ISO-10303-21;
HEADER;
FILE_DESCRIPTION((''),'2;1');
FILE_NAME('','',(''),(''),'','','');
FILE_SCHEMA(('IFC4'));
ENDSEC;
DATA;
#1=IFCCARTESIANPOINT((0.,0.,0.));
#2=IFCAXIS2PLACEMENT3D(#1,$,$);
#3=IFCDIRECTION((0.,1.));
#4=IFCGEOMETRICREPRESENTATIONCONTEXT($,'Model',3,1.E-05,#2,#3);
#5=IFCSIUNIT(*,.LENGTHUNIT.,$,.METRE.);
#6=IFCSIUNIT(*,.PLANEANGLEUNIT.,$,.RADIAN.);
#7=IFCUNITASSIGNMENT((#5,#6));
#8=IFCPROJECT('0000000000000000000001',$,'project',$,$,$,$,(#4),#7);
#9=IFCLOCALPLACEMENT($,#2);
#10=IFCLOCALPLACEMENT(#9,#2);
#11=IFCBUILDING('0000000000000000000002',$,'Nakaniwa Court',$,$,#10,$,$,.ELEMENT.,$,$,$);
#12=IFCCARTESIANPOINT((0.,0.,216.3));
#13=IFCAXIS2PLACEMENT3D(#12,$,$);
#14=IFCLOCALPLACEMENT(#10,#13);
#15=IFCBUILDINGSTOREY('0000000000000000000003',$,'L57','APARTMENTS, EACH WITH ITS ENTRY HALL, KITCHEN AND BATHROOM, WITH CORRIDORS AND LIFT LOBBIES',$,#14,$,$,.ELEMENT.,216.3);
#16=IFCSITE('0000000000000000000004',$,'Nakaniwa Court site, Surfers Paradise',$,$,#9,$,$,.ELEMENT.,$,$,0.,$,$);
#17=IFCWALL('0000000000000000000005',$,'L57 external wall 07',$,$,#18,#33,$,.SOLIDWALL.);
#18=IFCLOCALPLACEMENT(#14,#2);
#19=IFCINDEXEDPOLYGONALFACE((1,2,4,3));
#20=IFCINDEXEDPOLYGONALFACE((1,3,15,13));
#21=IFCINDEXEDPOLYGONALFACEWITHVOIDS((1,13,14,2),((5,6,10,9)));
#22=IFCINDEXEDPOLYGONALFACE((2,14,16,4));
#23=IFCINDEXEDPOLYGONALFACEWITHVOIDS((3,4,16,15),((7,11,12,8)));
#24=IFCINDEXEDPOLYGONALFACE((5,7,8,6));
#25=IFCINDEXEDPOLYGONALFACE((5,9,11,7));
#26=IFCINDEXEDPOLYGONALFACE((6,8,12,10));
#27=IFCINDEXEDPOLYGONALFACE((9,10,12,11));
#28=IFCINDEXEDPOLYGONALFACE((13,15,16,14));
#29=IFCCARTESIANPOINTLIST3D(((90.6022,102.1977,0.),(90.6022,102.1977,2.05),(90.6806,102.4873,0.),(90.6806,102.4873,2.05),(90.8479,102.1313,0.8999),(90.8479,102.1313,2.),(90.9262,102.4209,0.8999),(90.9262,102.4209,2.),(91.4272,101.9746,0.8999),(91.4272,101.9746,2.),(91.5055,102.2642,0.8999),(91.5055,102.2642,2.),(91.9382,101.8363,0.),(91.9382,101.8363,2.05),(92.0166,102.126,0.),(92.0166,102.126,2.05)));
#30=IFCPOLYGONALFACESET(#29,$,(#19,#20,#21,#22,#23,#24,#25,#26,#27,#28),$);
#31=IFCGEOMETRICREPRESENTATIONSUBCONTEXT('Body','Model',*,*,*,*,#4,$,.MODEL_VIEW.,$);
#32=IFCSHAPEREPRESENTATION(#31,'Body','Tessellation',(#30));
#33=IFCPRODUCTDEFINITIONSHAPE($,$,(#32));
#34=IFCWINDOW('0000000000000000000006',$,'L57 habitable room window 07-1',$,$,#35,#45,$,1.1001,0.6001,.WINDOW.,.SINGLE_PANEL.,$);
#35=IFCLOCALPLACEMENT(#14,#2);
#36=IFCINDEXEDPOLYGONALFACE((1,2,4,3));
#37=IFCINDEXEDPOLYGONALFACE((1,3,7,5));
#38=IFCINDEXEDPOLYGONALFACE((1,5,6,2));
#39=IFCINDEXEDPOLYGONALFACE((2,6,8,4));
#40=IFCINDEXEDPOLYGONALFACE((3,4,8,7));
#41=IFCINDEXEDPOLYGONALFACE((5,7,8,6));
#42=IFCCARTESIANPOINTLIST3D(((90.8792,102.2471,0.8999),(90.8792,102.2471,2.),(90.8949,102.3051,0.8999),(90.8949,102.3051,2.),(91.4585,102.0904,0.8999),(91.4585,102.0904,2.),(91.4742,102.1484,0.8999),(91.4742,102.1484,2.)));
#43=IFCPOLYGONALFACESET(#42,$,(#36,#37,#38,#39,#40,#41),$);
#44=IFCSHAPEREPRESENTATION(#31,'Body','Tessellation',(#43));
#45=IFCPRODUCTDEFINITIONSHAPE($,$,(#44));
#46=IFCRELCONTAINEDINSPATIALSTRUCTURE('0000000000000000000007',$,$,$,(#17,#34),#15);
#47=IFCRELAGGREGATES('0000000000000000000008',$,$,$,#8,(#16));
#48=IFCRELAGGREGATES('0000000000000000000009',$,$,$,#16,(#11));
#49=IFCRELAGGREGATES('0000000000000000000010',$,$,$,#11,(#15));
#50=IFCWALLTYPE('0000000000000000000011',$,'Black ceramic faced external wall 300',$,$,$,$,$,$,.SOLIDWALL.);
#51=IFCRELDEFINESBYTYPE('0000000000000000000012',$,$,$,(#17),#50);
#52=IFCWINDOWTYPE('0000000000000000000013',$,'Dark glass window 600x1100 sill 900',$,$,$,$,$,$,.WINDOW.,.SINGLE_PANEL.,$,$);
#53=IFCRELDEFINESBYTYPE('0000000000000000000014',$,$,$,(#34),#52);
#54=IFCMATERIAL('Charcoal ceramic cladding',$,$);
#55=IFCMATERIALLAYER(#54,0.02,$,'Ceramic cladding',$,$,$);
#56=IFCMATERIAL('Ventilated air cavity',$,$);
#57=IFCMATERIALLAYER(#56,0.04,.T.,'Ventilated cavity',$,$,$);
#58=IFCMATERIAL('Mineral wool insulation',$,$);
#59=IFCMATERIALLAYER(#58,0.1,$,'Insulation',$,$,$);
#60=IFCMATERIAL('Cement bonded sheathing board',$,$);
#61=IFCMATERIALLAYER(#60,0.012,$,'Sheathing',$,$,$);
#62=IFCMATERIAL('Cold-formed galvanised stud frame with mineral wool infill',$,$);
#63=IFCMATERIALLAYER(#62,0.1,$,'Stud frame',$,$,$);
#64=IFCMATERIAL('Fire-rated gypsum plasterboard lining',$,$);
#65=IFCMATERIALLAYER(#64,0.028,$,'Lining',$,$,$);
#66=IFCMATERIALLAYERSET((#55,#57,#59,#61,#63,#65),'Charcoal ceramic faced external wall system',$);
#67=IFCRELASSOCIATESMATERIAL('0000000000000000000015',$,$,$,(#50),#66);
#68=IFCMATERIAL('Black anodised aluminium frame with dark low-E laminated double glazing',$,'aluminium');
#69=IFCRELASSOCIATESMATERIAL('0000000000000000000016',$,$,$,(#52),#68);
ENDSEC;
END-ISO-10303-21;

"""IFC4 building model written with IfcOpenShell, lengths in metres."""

from ifc_helpers import new_model, si_unit, direction, frame, frame_2d, origin, place, context, subcontext, project, spatial, rectangle, extrude, material, layer, layer_set, type_object, element, fill, save


model = new_model("IFC4")

# Units and contexts
model_context = context("Model", 3, precision=1e-05, world=origin(), true_north=direction((0.0, 1.0)))
body_context = subcontext(model_context, "Body", "Model", "MODEL_VIEW")
ifc_project = project(units=[si_unit("LENGTHUNIT", "METRE"), si_unit("PLANEANGLEUNIT", "RADIAN")], contexts=[model_context])

# Site, building, storey
site_placement = place(None, origin())
site = spatial("IfcSite", under=ifc_project, at=site_placement, Name="Nakaniwa Court site, Surfers Paradise", CompositionType="ELEMENT", RefElevation=0.0)
building_placement = place(site_placement, origin())
building = spatial("IfcBuilding", under=site, at=building_placement, Name="Nakaniwa Court", CompositionType="ELEMENT")
storey_placement = place(building_placement, frame((0.0, 0.0, 216.3)))
storey = spatial("IfcBuildingStorey", under=building, at=storey_placement, Name="L57", Description="APARTMENTS, EACH WITH ITS ENTRY HALL, KITCHEN AND BATHROOM, WITH CORRIDORS AND LIFT LOBBIES", CompositionType="ELEMENT", Elevation=216.3)

# Wall, opening, window
ifc_material_1 = material(Name="Charcoal ceramic cladding")
ifc_layer_1 = layer(ifc_material_1, 0.02, Name="Ceramic cladding")
ifc_material_2 = material(Name="Ventilated air cavity")
ifc_layer_2 = layer(ifc_material_2, 0.04, ventilated=True, Name="Ventilated cavity")
ifc_material_3 = material(Name="Mineral wool insulation")
ifc_layer_3 = layer(ifc_material_3, 0.1, Name="Insulation")
ifc_material_4 = material(Name="Cement bonded sheathing board")
ifc_layer_4 = layer(ifc_material_4, 0.012, Name="Sheathing")
ifc_material_5 = material(Name="Cold-formed galvanised stud frame with mineral wool infill")
ifc_layer_5 = layer(ifc_material_5, 0.1, Name="Stud frame")
ifc_material_6 = material(Name="Fire-rated gypsum plasterboard lining")
ifc_layer_6 = layer(ifc_material_6, 0.028, Name="Lining")
ifc_layer_set_1 = layer_set([ifc_layer_1, ifc_layer_2, ifc_layer_3, ifc_layer_4, ifc_layer_5, ifc_layer_6], Name="Charcoal ceramic faced external wall system")
wall_type_1 = type_object("IfcWallType", Name="Black ceramic faced external wall 300", PredefinedType="SOLIDWALL", material=ifc_layer_set_1)
ifc_material_7 = material(Name="Black anodised aluminium frame with dark low-E laminated double glazing", Category="aluminium")
window_type_1 = type_object("IfcWindowType", Name="Dark glass window 600x1100 sill 900", PartitioningType="SINGLE_PANEL", PredefinedType="WINDOW", material=ifc_material_7)
wall_1_placement = place(storey_placement, frame((91.9773, 101.9812, 0.0), z_axis=(0.0, 0.0, 1.0), x_axis=(-0.965315, 0.261087, 0.0)))
wall_1 = element("IfcWall", 1, at=wall_1_placement, inside=storey, type_object=wall_type_1, Name="L57 external wall 07", PredefinedType="SOLIDWALL", context=body_context, shape_type="SweptSolid", body=[
    extrude(rectangle(XDim=1.384, YDim=0.3, at=frame_2d((0.6919, 0.0))), origin(), (0.0, 0.0, 1.0), 2.05),
])
opening_1_placement = place(wall_1_placement, frame((0.5293, 0.0, 0.8999)))
opening_1 = element("IfcOpeningElement", 2, at=opening_1_placement, cuts=wall_1, PredefinedType="OPENING", context=body_context, shape_type="SweptSolid", body=[
    extrude(rectangle(XDim=0.6001, YDim=1.1001, at=frame_2d((0.3, 0.55))), frame((0.0, 0.1599, 0.0), z_axis=(0.0, -1.0, 0.0), x_axis=(1.0, 0.0, 0.0)), (0.0, 0.0, 1.0), 0.3201),
])
window_1_placement = place(opening_1_placement, origin())
window_1 = element("IfcWindow", 3, at=window_1_placement, inside=storey, type_object=window_type_1, Name="L57 habitable room window 07-1", OverallHeight=1.1001, OverallWidth=0.6001, PartitioningType="SINGLE_PANEL", PredefinedType="WINDOW", context=body_context, shape_type="SweptSolid", body=[
    extrude(rectangle(XDim=0.6001, YDim=1.1001, at=frame_2d((0.3, 0.55))), frame((0.0, 0.03, 0.0), z_axis=(0.0, -1.0, 0.0), x_axis=(1.0, 0.0, 0.0)), (0.0, 0.0, 1.0), 0.0601),
])
fill(opening_1, window_1)

save(model, "model.ifc")
